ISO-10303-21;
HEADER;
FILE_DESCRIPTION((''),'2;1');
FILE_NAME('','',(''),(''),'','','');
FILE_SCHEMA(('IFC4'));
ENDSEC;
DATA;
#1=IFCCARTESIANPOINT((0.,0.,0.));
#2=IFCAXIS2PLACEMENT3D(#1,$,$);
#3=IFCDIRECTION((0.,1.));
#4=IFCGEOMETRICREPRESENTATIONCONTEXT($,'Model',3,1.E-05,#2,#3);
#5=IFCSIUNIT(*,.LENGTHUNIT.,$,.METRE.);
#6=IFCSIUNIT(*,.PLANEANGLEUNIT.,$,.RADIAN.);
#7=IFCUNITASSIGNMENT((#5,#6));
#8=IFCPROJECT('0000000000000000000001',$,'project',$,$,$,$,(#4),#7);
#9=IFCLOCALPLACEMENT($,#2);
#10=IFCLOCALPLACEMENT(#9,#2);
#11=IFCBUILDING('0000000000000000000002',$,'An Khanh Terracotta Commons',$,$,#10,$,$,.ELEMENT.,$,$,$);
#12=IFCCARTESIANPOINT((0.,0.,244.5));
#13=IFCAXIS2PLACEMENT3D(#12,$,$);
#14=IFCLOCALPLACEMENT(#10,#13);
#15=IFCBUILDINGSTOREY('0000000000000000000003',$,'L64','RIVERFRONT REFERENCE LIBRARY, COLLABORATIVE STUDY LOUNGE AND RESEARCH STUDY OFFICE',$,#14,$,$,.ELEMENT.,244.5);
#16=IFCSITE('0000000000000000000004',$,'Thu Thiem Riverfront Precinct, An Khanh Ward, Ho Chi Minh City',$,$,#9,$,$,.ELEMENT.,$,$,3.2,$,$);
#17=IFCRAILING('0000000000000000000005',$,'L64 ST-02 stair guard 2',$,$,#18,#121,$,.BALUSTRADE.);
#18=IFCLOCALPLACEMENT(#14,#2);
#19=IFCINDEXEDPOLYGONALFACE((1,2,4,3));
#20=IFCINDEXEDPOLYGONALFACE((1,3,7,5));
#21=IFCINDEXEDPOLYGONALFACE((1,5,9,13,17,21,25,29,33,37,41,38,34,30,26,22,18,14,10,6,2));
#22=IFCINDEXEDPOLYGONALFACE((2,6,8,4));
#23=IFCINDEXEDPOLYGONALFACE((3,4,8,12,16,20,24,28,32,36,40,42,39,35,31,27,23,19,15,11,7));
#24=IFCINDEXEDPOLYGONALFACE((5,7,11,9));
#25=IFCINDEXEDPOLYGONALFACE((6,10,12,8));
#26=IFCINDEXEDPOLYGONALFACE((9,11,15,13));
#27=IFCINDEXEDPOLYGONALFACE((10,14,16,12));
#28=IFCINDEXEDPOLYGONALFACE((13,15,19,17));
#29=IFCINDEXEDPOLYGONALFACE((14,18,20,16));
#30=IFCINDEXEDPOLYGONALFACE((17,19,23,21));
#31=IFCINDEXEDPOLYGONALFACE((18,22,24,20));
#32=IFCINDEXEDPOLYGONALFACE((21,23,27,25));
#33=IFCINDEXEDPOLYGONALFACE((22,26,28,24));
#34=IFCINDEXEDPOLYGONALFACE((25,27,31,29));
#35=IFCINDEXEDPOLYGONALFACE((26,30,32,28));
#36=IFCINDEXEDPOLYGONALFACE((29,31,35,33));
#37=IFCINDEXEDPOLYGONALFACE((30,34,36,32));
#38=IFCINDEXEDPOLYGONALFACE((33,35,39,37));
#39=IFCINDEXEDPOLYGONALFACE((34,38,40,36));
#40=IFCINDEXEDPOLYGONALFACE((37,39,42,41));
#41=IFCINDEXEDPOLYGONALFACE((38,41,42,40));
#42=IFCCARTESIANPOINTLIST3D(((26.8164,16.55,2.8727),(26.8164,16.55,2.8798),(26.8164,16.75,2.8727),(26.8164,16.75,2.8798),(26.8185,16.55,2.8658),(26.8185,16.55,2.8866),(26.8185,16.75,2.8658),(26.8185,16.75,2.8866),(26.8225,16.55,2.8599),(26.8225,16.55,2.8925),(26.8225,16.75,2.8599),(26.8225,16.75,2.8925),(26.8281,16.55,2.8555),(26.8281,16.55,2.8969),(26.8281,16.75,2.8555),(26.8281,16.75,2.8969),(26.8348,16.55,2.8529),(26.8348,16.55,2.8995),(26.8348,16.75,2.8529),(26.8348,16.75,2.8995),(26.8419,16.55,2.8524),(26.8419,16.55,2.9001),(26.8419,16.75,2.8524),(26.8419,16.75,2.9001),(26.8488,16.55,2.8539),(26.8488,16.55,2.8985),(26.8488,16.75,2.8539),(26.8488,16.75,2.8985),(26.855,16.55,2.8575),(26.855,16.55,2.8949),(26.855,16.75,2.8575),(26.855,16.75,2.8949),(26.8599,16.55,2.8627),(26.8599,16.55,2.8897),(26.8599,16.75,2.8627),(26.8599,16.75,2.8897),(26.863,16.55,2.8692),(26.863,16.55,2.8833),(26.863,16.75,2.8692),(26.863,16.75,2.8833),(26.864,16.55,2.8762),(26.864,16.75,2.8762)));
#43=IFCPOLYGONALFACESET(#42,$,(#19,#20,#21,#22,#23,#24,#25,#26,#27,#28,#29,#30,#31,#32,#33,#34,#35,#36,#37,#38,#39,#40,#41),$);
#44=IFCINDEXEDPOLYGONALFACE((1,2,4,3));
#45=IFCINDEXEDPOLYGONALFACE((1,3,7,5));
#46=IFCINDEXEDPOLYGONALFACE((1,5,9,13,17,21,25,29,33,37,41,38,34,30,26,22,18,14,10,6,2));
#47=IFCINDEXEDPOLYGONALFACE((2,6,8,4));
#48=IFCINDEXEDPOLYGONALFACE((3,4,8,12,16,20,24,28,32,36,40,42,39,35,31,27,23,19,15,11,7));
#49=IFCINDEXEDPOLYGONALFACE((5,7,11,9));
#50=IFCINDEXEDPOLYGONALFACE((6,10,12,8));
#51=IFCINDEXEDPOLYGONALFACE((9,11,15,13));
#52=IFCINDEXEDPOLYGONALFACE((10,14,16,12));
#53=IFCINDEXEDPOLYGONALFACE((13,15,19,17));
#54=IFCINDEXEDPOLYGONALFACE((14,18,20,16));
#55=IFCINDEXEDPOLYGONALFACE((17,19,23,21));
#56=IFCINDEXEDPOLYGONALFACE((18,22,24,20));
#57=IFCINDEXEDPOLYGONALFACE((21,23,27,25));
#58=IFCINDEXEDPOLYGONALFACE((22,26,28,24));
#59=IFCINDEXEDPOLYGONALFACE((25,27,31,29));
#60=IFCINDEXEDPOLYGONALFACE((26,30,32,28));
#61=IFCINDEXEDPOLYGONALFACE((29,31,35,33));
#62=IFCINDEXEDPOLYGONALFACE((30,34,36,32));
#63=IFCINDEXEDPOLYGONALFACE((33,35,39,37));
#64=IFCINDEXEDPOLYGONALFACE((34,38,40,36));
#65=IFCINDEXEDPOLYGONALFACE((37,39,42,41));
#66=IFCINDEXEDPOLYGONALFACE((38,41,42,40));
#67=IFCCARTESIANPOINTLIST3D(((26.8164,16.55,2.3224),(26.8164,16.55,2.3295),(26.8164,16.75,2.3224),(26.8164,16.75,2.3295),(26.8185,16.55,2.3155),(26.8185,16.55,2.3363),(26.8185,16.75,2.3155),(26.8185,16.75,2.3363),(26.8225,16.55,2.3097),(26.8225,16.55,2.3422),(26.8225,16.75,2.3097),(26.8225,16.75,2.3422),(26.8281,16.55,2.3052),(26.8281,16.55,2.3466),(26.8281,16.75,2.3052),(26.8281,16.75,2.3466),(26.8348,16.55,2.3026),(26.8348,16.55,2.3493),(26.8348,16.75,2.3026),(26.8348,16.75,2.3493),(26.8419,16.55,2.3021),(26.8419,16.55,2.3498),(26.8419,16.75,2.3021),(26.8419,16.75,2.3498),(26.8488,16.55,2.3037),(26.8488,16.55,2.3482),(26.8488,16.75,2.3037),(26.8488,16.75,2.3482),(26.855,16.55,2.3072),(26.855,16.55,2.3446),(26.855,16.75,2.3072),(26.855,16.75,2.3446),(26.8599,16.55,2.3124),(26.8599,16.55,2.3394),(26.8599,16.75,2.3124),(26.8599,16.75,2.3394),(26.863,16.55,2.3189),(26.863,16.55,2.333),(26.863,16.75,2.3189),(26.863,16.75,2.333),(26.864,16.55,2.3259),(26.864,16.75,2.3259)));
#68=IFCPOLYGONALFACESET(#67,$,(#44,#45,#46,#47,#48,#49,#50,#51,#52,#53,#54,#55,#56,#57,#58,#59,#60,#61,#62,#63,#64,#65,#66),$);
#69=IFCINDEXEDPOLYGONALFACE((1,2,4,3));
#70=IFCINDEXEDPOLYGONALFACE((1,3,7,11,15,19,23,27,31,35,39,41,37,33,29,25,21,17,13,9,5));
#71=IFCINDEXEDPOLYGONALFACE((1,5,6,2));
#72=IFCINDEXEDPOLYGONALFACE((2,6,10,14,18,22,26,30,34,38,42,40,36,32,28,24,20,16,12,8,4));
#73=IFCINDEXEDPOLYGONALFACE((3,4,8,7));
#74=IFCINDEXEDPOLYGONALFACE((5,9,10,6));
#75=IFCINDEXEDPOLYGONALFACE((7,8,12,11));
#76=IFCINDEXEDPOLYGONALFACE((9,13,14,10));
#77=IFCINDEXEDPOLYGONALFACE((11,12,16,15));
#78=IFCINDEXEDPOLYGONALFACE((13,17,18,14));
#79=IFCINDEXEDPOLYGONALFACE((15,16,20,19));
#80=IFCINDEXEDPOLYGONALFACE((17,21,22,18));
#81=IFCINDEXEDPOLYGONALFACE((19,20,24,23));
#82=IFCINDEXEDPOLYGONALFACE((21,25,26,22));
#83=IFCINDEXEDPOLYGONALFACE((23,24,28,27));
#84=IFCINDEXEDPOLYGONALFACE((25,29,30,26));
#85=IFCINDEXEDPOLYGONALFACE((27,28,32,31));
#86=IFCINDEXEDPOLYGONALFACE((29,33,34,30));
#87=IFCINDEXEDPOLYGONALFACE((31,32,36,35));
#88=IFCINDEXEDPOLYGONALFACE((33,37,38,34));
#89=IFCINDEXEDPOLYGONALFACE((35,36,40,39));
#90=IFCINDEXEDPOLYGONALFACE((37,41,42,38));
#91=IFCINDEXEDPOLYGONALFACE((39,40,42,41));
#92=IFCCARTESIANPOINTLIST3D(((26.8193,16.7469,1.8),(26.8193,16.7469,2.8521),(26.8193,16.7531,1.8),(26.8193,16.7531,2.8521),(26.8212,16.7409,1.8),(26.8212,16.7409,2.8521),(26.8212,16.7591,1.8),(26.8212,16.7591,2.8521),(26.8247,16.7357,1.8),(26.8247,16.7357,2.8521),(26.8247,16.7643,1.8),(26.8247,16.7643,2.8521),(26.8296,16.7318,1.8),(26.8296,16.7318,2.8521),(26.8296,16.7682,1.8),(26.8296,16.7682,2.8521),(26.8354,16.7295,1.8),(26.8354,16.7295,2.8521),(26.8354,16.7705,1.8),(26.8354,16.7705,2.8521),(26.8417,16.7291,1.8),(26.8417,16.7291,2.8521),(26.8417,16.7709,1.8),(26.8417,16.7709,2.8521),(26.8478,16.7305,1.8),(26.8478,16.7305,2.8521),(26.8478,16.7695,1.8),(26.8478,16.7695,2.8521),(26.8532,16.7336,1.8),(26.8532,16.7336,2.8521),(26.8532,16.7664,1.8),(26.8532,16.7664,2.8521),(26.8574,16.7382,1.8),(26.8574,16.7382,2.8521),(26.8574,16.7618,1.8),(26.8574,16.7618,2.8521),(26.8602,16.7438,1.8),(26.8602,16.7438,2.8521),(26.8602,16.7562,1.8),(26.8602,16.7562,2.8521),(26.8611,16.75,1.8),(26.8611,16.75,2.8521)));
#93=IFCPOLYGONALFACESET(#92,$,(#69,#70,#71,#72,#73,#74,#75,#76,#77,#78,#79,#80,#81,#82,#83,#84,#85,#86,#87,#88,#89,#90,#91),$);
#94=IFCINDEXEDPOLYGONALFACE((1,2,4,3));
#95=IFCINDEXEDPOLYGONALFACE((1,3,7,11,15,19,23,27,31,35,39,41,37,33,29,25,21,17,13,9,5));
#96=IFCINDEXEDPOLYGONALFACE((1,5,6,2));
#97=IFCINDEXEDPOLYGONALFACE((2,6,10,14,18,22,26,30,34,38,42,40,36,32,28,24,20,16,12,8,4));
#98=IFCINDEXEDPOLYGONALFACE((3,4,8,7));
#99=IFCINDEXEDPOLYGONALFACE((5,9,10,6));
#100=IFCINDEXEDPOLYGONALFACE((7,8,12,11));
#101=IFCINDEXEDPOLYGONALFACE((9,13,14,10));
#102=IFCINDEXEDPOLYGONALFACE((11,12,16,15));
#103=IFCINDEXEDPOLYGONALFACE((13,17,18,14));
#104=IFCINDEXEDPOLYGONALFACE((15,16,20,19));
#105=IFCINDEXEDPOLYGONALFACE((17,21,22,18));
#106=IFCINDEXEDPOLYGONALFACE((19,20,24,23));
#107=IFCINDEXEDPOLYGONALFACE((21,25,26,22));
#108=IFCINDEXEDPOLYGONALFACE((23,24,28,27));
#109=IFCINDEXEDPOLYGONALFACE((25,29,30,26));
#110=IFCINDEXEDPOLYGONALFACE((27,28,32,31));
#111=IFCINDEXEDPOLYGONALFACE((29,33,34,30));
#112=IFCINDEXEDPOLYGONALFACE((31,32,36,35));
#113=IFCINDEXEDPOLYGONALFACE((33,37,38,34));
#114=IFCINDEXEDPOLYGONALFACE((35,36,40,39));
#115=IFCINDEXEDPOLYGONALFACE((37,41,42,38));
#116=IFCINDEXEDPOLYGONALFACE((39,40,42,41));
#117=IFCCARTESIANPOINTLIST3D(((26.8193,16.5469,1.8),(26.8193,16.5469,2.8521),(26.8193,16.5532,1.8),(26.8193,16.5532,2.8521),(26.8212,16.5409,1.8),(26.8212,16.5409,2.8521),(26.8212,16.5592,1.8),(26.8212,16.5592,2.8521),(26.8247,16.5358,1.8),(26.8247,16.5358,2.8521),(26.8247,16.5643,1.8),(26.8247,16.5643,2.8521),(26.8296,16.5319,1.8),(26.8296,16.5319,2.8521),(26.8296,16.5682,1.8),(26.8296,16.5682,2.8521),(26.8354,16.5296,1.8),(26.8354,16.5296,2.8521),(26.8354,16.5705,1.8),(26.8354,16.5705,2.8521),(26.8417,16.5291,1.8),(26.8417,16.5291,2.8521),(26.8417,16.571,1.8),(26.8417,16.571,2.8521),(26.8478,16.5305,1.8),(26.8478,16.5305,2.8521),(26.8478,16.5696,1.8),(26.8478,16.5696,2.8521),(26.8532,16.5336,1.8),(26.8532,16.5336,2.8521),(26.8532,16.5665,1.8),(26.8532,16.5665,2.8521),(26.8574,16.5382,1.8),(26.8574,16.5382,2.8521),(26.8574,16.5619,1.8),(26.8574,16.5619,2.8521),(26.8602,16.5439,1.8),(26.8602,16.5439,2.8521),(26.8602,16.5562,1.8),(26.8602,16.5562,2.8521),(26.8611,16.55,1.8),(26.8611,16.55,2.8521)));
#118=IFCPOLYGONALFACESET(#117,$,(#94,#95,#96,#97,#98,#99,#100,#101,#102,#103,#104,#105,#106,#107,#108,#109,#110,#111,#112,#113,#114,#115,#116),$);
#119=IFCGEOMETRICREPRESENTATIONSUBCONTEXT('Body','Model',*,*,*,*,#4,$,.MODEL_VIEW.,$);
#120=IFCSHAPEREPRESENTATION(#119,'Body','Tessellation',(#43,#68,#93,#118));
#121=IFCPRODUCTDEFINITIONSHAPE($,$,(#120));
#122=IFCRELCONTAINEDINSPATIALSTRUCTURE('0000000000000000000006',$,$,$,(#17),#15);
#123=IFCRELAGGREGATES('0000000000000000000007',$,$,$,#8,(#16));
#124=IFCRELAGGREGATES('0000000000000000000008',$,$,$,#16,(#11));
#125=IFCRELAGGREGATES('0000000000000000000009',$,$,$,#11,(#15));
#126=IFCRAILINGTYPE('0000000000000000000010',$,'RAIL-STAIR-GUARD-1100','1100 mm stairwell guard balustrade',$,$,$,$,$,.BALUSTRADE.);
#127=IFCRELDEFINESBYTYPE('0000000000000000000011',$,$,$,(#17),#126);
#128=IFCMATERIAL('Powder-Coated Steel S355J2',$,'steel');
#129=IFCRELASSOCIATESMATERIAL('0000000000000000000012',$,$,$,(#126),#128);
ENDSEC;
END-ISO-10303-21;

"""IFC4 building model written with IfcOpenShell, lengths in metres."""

from ifc_helpers import new_model, si_unit, direction, frame, origin, origin_2d, place, context, subcontext, project, spatial, circle, extrude, material, type_object, element, save


model = new_model("IFC4")

# Units and contexts
model_context = context("Model", 3, precision=1e-05, world=origin(), true_north=direction((0.0, 1.0)))
body_context = subcontext(model_context, "Body", "Model", "MODEL_VIEW")
ifc_project = project(units=[si_unit("LENGTHUNIT", "METRE"), si_unit("PLANEANGLEUNIT", "RADIAN")], contexts=[model_context])

# Site, building, storey
site_placement = place(None, origin())
site = spatial("IfcSite", under=ifc_project, at=site_placement, Name="Thu Thiem Riverfront Precinct, An Khanh Ward, Ho Chi Minh City", CompositionType="ELEMENT", RefElevation=3.2)
building_placement = place(site_placement, origin())
building = spatial("IfcBuilding", under=site, at=building_placement, Name="An Khanh Terracotta Commons", CompositionType="ELEMENT")
storey_placement = place(building_placement, frame((0.0, 0.0, 244.5)))
storey = spatial("IfcBuildingStorey", under=building, at=storey_placement, Name="L64", Description="RIVERFRONT REFERENCE LIBRARY, COLLABORATIVE STUDY LOUNGE AND RESEARCH STUDY OFFICE", CompositionType="ELEMENT", Elevation=244.5)

# Railing
ifc_material_1 = material(Name="Powder-Coated Steel S355J2", Category="steel")
railing_type_1 = type_object("IfcRailingType", Name="RAIL-STAIR-GUARD-1100", Description="1100 mm stairwell guard balustrade", PredefinedType="BALUSTRADE", material=ifc_material_1)
railing_1_placement = place(storey_placement, frame((26.8401, 16.75, 1.8)))
element("IfcRailing", 1, at=railing_1_placement, inside=storey, type_object=railing_type_1, Name="L64 ST-02 stair guard 2", PredefinedType="BALUSTRADE", context=body_context, shape_type="SweptSolid", body=[
    extrude(circle(Radius=0.0239, at=origin_2d()), frame((0.0, 0.0, 1.0762), z_axis=(0.0, -1.0, 0.0), x_axis=(1.0, 0.0, 0.0)), (0.0, 0.0, 1.0), 0.2),
    extrude(circle(Radius=0.0239, at=origin_2d()), frame((0.0, 0.0, 0.5259), z_axis=(0.0, -1.0, 0.0), x_axis=(1.0, 0.0, 0.0)), (0.0, 0.0, 1.0), 0.2),
    extrude(circle(Radius=0.021, at=origin_2d()), origin(), (0.0, 0.0, 1.0), 1.052),
    extrude(circle(Radius=0.021, at=origin_2d()), frame((0.0, -0.2, 0.0)), (0.0, 0.0, 1.0), 1.052),
])

save(model, "model.ifc")
